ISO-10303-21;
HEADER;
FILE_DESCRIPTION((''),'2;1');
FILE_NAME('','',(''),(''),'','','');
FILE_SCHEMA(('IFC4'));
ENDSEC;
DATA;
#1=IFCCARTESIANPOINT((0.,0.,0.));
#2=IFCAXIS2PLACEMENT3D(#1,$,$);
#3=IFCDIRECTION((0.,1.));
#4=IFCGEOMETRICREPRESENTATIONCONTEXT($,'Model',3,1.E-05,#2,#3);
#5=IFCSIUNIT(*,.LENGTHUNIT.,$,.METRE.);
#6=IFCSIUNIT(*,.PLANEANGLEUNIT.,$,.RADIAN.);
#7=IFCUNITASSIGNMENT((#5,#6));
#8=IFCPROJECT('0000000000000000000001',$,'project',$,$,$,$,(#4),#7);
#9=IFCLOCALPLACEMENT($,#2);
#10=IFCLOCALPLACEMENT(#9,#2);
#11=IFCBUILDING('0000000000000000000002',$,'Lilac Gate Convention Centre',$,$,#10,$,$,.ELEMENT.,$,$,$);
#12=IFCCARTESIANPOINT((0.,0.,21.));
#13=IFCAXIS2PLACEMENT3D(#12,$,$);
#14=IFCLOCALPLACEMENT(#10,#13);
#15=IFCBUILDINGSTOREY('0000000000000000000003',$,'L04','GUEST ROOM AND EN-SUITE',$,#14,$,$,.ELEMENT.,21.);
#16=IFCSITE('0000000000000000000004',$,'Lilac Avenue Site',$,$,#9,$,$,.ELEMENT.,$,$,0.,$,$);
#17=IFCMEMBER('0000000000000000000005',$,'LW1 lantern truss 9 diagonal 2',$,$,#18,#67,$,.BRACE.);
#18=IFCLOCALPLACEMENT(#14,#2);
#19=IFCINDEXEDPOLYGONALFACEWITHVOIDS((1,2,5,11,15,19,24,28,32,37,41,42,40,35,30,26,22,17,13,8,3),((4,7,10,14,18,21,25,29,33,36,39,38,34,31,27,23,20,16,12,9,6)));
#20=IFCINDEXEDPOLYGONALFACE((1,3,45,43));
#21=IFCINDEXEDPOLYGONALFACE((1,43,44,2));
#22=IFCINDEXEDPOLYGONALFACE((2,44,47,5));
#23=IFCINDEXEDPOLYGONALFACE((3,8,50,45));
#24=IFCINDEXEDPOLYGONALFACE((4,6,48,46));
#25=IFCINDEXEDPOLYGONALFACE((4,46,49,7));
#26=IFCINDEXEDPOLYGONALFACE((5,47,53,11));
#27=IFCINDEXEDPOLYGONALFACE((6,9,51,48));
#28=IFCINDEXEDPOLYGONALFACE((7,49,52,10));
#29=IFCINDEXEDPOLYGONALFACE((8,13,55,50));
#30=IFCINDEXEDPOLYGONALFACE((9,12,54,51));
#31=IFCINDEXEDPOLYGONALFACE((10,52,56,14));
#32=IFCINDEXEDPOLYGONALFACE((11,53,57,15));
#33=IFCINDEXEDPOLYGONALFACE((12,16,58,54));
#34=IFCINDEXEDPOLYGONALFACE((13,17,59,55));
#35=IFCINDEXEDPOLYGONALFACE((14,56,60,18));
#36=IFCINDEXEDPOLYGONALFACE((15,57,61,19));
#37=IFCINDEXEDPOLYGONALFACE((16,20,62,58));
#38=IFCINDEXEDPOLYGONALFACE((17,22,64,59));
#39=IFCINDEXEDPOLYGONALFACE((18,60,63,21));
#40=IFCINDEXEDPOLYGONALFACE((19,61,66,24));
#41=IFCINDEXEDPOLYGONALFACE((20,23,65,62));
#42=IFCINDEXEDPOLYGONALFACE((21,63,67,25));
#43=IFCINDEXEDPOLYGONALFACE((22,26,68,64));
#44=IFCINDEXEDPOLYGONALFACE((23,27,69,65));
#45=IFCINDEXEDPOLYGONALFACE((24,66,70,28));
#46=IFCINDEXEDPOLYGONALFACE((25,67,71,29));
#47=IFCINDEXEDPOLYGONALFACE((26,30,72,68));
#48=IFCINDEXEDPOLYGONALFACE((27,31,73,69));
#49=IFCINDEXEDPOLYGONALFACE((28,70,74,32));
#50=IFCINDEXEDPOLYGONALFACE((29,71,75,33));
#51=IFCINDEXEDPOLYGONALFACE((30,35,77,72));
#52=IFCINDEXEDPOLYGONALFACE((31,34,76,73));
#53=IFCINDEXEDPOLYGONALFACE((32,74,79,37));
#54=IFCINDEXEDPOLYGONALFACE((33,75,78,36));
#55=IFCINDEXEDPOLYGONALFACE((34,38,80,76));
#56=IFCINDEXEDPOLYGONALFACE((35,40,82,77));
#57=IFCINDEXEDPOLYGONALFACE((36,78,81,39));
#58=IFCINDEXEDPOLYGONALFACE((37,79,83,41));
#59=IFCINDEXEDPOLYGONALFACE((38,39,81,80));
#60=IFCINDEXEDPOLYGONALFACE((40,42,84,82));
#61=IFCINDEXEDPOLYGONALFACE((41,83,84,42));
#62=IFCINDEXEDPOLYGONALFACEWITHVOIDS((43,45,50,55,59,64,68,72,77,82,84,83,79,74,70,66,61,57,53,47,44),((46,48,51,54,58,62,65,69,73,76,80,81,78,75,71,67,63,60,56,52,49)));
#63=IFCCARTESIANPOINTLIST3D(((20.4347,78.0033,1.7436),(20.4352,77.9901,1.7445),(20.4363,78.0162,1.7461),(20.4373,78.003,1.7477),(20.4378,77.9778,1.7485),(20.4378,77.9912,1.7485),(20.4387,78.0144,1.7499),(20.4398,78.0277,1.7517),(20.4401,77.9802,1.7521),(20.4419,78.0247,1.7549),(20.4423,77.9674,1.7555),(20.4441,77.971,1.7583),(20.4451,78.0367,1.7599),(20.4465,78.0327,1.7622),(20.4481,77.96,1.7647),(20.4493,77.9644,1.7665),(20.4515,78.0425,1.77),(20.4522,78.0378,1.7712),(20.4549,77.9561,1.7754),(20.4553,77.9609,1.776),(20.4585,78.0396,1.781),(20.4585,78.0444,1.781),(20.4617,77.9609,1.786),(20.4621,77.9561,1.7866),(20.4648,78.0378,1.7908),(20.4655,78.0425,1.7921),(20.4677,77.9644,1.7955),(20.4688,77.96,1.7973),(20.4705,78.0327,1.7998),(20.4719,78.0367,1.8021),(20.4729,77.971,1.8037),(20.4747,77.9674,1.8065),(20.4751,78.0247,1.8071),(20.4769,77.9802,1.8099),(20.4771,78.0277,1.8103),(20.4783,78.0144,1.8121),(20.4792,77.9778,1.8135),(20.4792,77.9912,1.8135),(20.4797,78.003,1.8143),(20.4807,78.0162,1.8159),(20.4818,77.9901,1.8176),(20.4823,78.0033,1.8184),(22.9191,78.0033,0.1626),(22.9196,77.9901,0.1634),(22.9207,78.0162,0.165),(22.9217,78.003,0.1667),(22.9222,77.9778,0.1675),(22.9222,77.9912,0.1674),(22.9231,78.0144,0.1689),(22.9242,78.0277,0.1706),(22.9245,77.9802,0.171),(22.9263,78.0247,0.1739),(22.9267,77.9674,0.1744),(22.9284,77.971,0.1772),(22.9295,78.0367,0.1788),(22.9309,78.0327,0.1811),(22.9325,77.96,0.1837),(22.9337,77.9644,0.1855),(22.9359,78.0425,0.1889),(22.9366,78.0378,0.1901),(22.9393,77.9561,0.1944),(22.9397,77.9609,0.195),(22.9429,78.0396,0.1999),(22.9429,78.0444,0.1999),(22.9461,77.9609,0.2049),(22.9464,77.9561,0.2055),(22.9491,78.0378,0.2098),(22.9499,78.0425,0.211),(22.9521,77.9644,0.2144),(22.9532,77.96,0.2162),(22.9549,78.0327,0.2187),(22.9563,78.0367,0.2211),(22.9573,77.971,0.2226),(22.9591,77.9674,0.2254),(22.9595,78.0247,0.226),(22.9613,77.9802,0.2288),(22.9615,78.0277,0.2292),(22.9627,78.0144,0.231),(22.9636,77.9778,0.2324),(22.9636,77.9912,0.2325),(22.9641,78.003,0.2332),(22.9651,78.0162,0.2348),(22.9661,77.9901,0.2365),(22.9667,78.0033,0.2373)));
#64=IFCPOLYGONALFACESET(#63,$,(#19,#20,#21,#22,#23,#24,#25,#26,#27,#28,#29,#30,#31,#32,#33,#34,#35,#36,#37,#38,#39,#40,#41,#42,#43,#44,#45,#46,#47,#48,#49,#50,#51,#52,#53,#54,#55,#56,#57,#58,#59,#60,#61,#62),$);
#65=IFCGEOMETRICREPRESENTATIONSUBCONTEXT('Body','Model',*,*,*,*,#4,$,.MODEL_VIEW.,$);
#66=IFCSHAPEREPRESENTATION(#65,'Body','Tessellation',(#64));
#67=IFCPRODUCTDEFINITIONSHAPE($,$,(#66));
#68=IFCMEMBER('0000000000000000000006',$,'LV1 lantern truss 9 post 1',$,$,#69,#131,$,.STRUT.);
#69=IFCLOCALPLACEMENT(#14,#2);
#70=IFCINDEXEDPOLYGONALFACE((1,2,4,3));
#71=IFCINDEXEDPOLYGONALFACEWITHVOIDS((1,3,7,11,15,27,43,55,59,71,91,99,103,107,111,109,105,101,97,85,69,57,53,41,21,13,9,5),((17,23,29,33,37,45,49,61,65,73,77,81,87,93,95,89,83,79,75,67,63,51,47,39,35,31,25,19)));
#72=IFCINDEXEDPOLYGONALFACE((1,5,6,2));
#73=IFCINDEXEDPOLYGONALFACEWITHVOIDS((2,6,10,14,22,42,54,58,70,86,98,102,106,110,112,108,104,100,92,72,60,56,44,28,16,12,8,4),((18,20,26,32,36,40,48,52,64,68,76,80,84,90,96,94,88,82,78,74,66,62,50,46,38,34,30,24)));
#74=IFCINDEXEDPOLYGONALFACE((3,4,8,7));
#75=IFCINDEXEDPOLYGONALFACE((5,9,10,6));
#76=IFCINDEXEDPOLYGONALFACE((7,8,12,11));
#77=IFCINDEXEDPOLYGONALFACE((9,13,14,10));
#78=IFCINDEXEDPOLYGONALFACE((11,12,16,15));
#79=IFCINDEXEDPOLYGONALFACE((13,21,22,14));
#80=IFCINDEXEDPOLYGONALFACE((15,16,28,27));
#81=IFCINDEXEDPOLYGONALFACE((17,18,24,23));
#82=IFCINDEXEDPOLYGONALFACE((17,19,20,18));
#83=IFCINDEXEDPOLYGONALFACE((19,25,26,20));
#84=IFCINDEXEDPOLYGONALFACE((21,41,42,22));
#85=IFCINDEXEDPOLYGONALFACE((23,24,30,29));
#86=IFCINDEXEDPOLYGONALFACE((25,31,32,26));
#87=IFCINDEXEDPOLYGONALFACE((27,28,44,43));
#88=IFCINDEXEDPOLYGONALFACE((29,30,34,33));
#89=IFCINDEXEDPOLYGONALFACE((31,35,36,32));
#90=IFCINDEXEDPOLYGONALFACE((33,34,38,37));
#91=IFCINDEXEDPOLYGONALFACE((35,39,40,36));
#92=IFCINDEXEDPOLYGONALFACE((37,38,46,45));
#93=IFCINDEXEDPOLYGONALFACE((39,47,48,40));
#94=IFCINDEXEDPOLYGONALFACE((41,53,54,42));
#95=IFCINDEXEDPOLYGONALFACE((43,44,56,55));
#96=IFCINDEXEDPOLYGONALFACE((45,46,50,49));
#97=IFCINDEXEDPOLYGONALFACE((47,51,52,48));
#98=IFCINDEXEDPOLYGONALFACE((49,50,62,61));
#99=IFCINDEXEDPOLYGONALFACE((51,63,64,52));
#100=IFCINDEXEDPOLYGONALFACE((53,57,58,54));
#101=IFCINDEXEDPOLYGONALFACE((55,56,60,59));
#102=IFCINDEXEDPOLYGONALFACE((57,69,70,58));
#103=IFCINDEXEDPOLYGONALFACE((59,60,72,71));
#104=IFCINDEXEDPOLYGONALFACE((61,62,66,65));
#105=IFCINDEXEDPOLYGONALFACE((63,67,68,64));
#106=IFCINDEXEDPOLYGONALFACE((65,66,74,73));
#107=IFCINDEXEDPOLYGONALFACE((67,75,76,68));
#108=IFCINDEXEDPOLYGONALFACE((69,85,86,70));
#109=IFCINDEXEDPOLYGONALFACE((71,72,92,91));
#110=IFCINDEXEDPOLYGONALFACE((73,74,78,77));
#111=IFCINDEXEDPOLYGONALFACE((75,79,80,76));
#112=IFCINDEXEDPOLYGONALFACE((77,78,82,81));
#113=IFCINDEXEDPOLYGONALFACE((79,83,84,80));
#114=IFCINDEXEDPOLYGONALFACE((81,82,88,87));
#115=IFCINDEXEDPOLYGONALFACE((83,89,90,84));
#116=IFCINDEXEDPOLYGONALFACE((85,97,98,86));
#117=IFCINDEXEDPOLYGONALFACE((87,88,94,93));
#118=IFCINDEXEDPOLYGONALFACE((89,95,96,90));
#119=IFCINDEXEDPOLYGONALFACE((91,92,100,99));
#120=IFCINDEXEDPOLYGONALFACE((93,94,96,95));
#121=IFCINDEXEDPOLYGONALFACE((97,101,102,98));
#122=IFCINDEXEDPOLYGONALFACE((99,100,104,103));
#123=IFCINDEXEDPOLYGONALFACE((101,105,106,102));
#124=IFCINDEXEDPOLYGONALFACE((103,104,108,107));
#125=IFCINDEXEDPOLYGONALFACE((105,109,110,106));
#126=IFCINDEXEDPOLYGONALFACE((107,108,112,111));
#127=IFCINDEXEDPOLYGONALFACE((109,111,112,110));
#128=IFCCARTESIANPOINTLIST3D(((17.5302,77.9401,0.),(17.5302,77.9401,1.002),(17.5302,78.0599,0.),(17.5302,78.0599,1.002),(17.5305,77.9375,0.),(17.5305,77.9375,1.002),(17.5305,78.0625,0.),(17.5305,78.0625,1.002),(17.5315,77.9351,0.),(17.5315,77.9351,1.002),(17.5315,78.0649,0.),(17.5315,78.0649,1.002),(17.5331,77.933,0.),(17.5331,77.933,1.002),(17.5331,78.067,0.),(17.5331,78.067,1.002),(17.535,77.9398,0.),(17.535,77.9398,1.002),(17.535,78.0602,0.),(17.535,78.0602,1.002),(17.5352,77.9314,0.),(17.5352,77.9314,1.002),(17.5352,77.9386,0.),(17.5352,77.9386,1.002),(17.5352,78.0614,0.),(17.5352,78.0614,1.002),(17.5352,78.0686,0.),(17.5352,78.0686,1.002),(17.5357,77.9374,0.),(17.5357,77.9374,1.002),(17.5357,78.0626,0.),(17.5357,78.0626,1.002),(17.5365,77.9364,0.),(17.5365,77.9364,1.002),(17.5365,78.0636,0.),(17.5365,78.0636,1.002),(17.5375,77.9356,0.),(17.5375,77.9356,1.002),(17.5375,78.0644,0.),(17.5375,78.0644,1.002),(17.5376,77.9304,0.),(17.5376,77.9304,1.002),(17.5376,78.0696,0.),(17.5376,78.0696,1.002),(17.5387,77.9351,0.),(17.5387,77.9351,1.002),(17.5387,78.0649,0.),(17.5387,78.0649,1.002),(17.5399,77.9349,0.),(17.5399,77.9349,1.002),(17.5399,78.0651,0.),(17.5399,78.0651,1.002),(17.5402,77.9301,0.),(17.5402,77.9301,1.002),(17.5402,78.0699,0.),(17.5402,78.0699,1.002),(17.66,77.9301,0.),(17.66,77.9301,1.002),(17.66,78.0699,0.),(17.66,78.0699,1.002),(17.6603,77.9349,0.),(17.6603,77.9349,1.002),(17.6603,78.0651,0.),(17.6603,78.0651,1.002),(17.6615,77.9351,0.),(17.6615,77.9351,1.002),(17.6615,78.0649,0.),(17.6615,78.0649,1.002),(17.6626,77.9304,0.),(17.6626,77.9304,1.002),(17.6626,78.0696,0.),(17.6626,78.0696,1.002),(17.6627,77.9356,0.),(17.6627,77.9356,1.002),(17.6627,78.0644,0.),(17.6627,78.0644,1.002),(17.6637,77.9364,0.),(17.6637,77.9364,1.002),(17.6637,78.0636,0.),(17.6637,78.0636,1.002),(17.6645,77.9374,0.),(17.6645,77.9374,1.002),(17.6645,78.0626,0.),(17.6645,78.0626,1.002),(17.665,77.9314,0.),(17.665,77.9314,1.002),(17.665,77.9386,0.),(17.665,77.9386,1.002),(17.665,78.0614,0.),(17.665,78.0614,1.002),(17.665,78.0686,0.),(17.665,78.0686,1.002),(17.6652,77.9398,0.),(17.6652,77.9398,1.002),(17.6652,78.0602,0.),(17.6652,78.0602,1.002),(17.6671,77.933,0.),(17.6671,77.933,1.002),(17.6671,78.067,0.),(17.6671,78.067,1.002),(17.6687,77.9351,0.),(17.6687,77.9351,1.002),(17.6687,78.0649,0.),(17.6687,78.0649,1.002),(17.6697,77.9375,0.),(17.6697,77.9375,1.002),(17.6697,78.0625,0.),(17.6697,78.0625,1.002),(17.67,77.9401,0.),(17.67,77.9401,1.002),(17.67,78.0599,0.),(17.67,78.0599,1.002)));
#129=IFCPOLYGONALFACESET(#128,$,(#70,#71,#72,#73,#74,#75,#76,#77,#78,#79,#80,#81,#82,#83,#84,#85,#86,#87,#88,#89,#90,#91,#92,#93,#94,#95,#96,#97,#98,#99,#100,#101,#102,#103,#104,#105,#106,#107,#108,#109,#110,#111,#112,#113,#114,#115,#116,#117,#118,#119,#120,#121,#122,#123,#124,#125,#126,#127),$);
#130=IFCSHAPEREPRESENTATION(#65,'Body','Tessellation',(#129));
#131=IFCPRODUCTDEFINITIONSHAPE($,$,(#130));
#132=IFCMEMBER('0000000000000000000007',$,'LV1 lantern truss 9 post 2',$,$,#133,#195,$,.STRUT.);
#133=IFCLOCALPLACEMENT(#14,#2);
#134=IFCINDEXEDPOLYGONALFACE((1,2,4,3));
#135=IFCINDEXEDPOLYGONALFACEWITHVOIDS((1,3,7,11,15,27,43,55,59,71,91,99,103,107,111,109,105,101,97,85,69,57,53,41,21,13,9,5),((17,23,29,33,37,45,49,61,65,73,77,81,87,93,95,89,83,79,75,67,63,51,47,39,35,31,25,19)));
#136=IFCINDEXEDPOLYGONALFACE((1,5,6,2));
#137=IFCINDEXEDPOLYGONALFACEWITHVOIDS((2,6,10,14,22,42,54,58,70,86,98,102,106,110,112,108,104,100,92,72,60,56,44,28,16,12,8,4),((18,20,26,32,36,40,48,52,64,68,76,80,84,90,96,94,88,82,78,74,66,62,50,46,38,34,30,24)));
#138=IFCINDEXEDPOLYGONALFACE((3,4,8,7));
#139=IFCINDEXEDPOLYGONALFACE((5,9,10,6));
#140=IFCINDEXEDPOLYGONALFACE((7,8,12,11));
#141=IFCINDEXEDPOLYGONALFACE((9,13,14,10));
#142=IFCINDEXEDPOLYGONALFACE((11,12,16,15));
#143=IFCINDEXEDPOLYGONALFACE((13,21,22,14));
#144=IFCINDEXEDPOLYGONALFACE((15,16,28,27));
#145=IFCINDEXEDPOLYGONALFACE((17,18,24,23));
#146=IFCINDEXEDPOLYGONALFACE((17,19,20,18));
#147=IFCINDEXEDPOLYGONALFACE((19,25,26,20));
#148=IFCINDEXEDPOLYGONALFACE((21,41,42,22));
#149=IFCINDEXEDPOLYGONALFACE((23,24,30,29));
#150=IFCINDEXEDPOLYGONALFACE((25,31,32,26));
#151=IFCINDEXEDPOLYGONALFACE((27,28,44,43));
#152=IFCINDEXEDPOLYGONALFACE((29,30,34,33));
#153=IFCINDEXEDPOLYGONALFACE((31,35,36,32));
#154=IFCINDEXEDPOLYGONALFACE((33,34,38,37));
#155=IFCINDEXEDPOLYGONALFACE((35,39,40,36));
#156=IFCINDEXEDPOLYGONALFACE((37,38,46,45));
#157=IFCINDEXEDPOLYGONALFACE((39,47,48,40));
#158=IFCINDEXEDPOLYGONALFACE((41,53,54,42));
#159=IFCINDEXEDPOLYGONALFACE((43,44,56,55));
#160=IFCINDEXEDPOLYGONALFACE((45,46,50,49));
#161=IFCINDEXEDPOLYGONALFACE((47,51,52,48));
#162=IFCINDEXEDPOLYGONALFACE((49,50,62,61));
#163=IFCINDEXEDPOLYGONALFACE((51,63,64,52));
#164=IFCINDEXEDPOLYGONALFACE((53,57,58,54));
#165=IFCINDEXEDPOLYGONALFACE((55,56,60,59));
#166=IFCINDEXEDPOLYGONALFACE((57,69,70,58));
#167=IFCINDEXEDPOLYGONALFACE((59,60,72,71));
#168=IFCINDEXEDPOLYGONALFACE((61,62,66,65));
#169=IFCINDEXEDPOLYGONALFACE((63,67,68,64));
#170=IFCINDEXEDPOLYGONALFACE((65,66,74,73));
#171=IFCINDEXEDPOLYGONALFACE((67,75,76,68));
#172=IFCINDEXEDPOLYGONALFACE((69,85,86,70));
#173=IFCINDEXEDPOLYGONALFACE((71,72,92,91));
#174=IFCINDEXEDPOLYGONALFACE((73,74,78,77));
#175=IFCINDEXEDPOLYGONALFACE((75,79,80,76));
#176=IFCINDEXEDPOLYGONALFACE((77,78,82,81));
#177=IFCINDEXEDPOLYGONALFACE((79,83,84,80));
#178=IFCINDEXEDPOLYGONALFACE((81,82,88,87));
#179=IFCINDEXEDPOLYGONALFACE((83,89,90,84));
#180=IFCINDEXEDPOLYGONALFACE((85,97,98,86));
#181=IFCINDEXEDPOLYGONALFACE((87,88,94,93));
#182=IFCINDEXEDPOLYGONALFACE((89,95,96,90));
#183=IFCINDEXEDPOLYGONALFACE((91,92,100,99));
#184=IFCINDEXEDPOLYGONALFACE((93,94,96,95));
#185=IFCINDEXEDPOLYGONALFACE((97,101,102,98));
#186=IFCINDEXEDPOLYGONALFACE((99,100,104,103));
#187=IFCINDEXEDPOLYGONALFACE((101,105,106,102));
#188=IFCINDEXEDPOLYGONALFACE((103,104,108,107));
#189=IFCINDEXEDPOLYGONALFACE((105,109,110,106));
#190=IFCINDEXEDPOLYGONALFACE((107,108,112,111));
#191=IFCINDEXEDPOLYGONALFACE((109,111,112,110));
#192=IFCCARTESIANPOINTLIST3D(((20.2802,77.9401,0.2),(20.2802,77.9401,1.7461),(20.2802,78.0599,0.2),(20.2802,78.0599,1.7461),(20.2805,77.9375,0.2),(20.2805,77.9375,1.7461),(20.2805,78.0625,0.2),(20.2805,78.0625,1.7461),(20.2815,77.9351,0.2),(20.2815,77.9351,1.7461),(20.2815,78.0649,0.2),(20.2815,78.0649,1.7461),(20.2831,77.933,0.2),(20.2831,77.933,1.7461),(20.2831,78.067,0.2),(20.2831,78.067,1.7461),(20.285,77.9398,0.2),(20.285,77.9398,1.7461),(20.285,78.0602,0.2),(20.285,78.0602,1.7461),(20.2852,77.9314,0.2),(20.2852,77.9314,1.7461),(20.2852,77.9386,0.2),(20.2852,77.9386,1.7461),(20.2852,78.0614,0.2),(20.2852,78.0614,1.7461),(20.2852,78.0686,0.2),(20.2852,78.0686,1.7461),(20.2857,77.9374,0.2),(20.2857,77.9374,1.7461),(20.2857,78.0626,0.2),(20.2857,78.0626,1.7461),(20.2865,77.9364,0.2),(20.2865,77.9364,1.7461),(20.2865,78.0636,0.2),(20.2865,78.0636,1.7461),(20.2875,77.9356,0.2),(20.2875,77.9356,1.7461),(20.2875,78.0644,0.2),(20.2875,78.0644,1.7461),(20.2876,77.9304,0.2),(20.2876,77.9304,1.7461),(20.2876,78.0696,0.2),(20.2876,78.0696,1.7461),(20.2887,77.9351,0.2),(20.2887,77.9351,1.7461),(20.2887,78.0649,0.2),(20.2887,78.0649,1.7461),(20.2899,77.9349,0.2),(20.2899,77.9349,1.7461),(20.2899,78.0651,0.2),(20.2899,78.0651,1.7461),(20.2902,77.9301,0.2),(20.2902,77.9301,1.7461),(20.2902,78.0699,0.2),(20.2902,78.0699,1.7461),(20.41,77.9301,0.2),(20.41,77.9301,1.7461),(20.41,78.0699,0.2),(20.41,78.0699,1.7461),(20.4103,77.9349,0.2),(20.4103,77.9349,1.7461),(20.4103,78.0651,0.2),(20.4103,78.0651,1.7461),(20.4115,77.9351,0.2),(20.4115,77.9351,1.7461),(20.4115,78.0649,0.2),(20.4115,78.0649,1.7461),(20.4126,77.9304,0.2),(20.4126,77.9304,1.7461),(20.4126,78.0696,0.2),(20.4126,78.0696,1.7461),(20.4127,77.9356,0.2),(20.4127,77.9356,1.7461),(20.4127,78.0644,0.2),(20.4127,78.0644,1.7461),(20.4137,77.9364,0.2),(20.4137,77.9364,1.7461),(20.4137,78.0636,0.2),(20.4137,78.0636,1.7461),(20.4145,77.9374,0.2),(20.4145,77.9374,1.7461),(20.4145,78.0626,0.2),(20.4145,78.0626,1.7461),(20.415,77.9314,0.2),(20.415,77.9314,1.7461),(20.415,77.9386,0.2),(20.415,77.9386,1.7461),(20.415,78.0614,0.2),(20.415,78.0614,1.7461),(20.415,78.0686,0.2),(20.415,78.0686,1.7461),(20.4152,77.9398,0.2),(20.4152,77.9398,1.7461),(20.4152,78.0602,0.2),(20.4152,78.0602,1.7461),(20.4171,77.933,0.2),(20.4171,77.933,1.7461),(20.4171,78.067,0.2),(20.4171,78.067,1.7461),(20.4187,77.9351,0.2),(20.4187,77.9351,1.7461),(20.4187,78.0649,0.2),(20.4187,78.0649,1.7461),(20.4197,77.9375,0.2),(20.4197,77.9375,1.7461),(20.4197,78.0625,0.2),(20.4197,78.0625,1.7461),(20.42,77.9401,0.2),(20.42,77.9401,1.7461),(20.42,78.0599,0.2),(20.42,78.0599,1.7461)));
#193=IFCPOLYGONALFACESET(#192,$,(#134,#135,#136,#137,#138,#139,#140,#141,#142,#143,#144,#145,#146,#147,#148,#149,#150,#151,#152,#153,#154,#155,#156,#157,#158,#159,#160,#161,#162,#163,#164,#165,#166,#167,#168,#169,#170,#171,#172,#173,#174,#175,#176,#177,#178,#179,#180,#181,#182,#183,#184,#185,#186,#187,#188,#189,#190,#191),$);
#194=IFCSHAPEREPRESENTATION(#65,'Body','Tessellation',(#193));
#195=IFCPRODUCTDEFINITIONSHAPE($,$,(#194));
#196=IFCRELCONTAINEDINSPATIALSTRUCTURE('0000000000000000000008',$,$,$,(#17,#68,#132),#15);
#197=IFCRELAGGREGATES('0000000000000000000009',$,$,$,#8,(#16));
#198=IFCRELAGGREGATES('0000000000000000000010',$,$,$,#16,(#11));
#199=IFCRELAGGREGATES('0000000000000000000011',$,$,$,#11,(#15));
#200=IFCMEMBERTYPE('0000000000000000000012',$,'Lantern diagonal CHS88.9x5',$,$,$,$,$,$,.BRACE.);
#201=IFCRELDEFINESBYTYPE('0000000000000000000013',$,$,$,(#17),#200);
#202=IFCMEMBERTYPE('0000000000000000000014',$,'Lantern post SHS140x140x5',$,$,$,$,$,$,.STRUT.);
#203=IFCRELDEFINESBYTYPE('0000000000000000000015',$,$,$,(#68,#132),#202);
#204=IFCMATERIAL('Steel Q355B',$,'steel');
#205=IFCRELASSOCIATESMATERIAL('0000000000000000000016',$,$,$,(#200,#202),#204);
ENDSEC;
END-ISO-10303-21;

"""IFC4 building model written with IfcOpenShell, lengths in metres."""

from ifc_helpers import new_model, si_unit, direction, frame, origin, origin_2d, place, context, subcontext, project, spatial, hollow_rectangle, hollow_circle, extrude, material, material_profile, profile_set, type_object, element, save


model = new_model("IFC4")

# Units and contexts
model_context = context("Model", 3, precision=1e-05, world=origin(), true_north=direction((0.0, 1.0)))
body_context = subcontext(model_context, "Body", "Model", "MODEL_VIEW")
ifc_project = project(units=[si_unit("LENGTHUNIT", "METRE"), si_unit("PLANEANGLEUNIT", "RADIAN")], contexts=[model_context])

# Site, building, storey
site_placement = place(None, origin())
site = spatial("IfcSite", under=ifc_project, at=site_placement, Name="Lilac Avenue Site", CompositionType="ELEMENT", RefElevation=0.0)
building_placement = place(site_placement, origin())
building = spatial("IfcBuilding", under=site, at=building_placement, Name="Lilac Gate Convention Centre", CompositionType="ELEMENT")
storey_placement = place(building_placement, frame((0.0, 0.0, 21.0)))
storey = spatial("IfcBuildingStorey", under=building, at=storey_placement, Name="L04", Description="GUEST ROOM AND EN-SUITE", CompositionType="ELEMENT", Elevation=21.0)

# Members
ifc_material_1 = material(Name="Steel Q355B", Category="steel")
ifc_material_profile_1 = material_profile(ifc_material_1, hollow_circle(Radius=0.0444, WallThickness=0.0049, at=origin_2d()), Name="CHS88.9x5")
ifc_profile_set_1 = profile_set([ifc_material_profile_1], Name="Steel Q355B")
member_type_1 = type_object("IfcMemberType", Name="Lantern diagonal CHS88.9x5", PredefinedType="BRACE", material=ifc_profile_set_1)
member_1_placement = place(storey_placement, frame((20.4585, 78.0, 1.781), z_axis=(0.843648, 0.0, -0.536897), x_axis=(0.0, 1.0, 0.0)))
element("IfcMember", 1, at=member_1_placement, inside=storey, type_object=member_type_1, Name="LW1 lantern truss 9 diagonal 2", PredefinedType="BRACE", context=body_context, shape_type="SweptSolid", body=[
    extrude(hollow_circle(Radius=0.0444, WallThickness=0.0049, at=origin_2d()), origin(), (0.0, 0.0, 1.0), 2.9448),
])
ifc_material_profile_2 = material_profile(ifc_material_1, hollow_rectangle(XDim=0.1399, YDim=0.1399, WallThickness=0.0049, InnerFilletRadius=0.0049, OuterFilletRadius=0.01, at=origin_2d()), Name="SHS140x140x5")
ifc_profile_set_2 = profile_set([ifc_material_profile_2], Name="Steel Q355B")
member_type_2 = type_object("IfcMemberType", Name="Lantern post SHS140x140x5", PredefinedType="STRUT", material=ifc_profile_set_2)
member_2_placement = place(storey_placement, frame((17.6001, 78.0, 0.0), z_axis=(0.0, 0.0, 1.0), x_axis=(1.0, 0.0, 0.0)))
element("IfcMember", 2, at=member_2_placement, inside=storey, type_object=member_type_2, Name="LV1 lantern truss 9 post 1", PredefinedType="STRUT", context=body_context, shape_type="SweptSolid", body=[
    extrude(hollow_rectangle(XDim=0.1399, YDim=0.1399, WallThickness=0.0049, InnerFilletRadius=0.0049, OuterFilletRadius=0.01, at=origin_2d()), origin(), (0.0, 0.0, 1.0), 1.002),
])
member_3_placement = place(storey_placement, frame((20.3501, 78.0, 0.2), z_axis=(0.0, 0.0, 1.0), x_axis=(1.0, 0.0, 0.0)))
element("IfcMember", 3, at=member_3_placement, inside=storey, type_object=member_type_2, Name="LV1 lantern truss 9 post 2", PredefinedType="STRUT", context=body_context, shape_type="SweptSolid", body=[
    extrude(hollow_rectangle(XDim=0.1399, YDim=0.1399, WallThickness=0.0049, InnerFilletRadius=0.0049, OuterFilletRadius=0.01, at=origin_2d()), origin(), (0.0, 0.0, 1.0), 1.5461),
])

save(model, "model.ifc")
